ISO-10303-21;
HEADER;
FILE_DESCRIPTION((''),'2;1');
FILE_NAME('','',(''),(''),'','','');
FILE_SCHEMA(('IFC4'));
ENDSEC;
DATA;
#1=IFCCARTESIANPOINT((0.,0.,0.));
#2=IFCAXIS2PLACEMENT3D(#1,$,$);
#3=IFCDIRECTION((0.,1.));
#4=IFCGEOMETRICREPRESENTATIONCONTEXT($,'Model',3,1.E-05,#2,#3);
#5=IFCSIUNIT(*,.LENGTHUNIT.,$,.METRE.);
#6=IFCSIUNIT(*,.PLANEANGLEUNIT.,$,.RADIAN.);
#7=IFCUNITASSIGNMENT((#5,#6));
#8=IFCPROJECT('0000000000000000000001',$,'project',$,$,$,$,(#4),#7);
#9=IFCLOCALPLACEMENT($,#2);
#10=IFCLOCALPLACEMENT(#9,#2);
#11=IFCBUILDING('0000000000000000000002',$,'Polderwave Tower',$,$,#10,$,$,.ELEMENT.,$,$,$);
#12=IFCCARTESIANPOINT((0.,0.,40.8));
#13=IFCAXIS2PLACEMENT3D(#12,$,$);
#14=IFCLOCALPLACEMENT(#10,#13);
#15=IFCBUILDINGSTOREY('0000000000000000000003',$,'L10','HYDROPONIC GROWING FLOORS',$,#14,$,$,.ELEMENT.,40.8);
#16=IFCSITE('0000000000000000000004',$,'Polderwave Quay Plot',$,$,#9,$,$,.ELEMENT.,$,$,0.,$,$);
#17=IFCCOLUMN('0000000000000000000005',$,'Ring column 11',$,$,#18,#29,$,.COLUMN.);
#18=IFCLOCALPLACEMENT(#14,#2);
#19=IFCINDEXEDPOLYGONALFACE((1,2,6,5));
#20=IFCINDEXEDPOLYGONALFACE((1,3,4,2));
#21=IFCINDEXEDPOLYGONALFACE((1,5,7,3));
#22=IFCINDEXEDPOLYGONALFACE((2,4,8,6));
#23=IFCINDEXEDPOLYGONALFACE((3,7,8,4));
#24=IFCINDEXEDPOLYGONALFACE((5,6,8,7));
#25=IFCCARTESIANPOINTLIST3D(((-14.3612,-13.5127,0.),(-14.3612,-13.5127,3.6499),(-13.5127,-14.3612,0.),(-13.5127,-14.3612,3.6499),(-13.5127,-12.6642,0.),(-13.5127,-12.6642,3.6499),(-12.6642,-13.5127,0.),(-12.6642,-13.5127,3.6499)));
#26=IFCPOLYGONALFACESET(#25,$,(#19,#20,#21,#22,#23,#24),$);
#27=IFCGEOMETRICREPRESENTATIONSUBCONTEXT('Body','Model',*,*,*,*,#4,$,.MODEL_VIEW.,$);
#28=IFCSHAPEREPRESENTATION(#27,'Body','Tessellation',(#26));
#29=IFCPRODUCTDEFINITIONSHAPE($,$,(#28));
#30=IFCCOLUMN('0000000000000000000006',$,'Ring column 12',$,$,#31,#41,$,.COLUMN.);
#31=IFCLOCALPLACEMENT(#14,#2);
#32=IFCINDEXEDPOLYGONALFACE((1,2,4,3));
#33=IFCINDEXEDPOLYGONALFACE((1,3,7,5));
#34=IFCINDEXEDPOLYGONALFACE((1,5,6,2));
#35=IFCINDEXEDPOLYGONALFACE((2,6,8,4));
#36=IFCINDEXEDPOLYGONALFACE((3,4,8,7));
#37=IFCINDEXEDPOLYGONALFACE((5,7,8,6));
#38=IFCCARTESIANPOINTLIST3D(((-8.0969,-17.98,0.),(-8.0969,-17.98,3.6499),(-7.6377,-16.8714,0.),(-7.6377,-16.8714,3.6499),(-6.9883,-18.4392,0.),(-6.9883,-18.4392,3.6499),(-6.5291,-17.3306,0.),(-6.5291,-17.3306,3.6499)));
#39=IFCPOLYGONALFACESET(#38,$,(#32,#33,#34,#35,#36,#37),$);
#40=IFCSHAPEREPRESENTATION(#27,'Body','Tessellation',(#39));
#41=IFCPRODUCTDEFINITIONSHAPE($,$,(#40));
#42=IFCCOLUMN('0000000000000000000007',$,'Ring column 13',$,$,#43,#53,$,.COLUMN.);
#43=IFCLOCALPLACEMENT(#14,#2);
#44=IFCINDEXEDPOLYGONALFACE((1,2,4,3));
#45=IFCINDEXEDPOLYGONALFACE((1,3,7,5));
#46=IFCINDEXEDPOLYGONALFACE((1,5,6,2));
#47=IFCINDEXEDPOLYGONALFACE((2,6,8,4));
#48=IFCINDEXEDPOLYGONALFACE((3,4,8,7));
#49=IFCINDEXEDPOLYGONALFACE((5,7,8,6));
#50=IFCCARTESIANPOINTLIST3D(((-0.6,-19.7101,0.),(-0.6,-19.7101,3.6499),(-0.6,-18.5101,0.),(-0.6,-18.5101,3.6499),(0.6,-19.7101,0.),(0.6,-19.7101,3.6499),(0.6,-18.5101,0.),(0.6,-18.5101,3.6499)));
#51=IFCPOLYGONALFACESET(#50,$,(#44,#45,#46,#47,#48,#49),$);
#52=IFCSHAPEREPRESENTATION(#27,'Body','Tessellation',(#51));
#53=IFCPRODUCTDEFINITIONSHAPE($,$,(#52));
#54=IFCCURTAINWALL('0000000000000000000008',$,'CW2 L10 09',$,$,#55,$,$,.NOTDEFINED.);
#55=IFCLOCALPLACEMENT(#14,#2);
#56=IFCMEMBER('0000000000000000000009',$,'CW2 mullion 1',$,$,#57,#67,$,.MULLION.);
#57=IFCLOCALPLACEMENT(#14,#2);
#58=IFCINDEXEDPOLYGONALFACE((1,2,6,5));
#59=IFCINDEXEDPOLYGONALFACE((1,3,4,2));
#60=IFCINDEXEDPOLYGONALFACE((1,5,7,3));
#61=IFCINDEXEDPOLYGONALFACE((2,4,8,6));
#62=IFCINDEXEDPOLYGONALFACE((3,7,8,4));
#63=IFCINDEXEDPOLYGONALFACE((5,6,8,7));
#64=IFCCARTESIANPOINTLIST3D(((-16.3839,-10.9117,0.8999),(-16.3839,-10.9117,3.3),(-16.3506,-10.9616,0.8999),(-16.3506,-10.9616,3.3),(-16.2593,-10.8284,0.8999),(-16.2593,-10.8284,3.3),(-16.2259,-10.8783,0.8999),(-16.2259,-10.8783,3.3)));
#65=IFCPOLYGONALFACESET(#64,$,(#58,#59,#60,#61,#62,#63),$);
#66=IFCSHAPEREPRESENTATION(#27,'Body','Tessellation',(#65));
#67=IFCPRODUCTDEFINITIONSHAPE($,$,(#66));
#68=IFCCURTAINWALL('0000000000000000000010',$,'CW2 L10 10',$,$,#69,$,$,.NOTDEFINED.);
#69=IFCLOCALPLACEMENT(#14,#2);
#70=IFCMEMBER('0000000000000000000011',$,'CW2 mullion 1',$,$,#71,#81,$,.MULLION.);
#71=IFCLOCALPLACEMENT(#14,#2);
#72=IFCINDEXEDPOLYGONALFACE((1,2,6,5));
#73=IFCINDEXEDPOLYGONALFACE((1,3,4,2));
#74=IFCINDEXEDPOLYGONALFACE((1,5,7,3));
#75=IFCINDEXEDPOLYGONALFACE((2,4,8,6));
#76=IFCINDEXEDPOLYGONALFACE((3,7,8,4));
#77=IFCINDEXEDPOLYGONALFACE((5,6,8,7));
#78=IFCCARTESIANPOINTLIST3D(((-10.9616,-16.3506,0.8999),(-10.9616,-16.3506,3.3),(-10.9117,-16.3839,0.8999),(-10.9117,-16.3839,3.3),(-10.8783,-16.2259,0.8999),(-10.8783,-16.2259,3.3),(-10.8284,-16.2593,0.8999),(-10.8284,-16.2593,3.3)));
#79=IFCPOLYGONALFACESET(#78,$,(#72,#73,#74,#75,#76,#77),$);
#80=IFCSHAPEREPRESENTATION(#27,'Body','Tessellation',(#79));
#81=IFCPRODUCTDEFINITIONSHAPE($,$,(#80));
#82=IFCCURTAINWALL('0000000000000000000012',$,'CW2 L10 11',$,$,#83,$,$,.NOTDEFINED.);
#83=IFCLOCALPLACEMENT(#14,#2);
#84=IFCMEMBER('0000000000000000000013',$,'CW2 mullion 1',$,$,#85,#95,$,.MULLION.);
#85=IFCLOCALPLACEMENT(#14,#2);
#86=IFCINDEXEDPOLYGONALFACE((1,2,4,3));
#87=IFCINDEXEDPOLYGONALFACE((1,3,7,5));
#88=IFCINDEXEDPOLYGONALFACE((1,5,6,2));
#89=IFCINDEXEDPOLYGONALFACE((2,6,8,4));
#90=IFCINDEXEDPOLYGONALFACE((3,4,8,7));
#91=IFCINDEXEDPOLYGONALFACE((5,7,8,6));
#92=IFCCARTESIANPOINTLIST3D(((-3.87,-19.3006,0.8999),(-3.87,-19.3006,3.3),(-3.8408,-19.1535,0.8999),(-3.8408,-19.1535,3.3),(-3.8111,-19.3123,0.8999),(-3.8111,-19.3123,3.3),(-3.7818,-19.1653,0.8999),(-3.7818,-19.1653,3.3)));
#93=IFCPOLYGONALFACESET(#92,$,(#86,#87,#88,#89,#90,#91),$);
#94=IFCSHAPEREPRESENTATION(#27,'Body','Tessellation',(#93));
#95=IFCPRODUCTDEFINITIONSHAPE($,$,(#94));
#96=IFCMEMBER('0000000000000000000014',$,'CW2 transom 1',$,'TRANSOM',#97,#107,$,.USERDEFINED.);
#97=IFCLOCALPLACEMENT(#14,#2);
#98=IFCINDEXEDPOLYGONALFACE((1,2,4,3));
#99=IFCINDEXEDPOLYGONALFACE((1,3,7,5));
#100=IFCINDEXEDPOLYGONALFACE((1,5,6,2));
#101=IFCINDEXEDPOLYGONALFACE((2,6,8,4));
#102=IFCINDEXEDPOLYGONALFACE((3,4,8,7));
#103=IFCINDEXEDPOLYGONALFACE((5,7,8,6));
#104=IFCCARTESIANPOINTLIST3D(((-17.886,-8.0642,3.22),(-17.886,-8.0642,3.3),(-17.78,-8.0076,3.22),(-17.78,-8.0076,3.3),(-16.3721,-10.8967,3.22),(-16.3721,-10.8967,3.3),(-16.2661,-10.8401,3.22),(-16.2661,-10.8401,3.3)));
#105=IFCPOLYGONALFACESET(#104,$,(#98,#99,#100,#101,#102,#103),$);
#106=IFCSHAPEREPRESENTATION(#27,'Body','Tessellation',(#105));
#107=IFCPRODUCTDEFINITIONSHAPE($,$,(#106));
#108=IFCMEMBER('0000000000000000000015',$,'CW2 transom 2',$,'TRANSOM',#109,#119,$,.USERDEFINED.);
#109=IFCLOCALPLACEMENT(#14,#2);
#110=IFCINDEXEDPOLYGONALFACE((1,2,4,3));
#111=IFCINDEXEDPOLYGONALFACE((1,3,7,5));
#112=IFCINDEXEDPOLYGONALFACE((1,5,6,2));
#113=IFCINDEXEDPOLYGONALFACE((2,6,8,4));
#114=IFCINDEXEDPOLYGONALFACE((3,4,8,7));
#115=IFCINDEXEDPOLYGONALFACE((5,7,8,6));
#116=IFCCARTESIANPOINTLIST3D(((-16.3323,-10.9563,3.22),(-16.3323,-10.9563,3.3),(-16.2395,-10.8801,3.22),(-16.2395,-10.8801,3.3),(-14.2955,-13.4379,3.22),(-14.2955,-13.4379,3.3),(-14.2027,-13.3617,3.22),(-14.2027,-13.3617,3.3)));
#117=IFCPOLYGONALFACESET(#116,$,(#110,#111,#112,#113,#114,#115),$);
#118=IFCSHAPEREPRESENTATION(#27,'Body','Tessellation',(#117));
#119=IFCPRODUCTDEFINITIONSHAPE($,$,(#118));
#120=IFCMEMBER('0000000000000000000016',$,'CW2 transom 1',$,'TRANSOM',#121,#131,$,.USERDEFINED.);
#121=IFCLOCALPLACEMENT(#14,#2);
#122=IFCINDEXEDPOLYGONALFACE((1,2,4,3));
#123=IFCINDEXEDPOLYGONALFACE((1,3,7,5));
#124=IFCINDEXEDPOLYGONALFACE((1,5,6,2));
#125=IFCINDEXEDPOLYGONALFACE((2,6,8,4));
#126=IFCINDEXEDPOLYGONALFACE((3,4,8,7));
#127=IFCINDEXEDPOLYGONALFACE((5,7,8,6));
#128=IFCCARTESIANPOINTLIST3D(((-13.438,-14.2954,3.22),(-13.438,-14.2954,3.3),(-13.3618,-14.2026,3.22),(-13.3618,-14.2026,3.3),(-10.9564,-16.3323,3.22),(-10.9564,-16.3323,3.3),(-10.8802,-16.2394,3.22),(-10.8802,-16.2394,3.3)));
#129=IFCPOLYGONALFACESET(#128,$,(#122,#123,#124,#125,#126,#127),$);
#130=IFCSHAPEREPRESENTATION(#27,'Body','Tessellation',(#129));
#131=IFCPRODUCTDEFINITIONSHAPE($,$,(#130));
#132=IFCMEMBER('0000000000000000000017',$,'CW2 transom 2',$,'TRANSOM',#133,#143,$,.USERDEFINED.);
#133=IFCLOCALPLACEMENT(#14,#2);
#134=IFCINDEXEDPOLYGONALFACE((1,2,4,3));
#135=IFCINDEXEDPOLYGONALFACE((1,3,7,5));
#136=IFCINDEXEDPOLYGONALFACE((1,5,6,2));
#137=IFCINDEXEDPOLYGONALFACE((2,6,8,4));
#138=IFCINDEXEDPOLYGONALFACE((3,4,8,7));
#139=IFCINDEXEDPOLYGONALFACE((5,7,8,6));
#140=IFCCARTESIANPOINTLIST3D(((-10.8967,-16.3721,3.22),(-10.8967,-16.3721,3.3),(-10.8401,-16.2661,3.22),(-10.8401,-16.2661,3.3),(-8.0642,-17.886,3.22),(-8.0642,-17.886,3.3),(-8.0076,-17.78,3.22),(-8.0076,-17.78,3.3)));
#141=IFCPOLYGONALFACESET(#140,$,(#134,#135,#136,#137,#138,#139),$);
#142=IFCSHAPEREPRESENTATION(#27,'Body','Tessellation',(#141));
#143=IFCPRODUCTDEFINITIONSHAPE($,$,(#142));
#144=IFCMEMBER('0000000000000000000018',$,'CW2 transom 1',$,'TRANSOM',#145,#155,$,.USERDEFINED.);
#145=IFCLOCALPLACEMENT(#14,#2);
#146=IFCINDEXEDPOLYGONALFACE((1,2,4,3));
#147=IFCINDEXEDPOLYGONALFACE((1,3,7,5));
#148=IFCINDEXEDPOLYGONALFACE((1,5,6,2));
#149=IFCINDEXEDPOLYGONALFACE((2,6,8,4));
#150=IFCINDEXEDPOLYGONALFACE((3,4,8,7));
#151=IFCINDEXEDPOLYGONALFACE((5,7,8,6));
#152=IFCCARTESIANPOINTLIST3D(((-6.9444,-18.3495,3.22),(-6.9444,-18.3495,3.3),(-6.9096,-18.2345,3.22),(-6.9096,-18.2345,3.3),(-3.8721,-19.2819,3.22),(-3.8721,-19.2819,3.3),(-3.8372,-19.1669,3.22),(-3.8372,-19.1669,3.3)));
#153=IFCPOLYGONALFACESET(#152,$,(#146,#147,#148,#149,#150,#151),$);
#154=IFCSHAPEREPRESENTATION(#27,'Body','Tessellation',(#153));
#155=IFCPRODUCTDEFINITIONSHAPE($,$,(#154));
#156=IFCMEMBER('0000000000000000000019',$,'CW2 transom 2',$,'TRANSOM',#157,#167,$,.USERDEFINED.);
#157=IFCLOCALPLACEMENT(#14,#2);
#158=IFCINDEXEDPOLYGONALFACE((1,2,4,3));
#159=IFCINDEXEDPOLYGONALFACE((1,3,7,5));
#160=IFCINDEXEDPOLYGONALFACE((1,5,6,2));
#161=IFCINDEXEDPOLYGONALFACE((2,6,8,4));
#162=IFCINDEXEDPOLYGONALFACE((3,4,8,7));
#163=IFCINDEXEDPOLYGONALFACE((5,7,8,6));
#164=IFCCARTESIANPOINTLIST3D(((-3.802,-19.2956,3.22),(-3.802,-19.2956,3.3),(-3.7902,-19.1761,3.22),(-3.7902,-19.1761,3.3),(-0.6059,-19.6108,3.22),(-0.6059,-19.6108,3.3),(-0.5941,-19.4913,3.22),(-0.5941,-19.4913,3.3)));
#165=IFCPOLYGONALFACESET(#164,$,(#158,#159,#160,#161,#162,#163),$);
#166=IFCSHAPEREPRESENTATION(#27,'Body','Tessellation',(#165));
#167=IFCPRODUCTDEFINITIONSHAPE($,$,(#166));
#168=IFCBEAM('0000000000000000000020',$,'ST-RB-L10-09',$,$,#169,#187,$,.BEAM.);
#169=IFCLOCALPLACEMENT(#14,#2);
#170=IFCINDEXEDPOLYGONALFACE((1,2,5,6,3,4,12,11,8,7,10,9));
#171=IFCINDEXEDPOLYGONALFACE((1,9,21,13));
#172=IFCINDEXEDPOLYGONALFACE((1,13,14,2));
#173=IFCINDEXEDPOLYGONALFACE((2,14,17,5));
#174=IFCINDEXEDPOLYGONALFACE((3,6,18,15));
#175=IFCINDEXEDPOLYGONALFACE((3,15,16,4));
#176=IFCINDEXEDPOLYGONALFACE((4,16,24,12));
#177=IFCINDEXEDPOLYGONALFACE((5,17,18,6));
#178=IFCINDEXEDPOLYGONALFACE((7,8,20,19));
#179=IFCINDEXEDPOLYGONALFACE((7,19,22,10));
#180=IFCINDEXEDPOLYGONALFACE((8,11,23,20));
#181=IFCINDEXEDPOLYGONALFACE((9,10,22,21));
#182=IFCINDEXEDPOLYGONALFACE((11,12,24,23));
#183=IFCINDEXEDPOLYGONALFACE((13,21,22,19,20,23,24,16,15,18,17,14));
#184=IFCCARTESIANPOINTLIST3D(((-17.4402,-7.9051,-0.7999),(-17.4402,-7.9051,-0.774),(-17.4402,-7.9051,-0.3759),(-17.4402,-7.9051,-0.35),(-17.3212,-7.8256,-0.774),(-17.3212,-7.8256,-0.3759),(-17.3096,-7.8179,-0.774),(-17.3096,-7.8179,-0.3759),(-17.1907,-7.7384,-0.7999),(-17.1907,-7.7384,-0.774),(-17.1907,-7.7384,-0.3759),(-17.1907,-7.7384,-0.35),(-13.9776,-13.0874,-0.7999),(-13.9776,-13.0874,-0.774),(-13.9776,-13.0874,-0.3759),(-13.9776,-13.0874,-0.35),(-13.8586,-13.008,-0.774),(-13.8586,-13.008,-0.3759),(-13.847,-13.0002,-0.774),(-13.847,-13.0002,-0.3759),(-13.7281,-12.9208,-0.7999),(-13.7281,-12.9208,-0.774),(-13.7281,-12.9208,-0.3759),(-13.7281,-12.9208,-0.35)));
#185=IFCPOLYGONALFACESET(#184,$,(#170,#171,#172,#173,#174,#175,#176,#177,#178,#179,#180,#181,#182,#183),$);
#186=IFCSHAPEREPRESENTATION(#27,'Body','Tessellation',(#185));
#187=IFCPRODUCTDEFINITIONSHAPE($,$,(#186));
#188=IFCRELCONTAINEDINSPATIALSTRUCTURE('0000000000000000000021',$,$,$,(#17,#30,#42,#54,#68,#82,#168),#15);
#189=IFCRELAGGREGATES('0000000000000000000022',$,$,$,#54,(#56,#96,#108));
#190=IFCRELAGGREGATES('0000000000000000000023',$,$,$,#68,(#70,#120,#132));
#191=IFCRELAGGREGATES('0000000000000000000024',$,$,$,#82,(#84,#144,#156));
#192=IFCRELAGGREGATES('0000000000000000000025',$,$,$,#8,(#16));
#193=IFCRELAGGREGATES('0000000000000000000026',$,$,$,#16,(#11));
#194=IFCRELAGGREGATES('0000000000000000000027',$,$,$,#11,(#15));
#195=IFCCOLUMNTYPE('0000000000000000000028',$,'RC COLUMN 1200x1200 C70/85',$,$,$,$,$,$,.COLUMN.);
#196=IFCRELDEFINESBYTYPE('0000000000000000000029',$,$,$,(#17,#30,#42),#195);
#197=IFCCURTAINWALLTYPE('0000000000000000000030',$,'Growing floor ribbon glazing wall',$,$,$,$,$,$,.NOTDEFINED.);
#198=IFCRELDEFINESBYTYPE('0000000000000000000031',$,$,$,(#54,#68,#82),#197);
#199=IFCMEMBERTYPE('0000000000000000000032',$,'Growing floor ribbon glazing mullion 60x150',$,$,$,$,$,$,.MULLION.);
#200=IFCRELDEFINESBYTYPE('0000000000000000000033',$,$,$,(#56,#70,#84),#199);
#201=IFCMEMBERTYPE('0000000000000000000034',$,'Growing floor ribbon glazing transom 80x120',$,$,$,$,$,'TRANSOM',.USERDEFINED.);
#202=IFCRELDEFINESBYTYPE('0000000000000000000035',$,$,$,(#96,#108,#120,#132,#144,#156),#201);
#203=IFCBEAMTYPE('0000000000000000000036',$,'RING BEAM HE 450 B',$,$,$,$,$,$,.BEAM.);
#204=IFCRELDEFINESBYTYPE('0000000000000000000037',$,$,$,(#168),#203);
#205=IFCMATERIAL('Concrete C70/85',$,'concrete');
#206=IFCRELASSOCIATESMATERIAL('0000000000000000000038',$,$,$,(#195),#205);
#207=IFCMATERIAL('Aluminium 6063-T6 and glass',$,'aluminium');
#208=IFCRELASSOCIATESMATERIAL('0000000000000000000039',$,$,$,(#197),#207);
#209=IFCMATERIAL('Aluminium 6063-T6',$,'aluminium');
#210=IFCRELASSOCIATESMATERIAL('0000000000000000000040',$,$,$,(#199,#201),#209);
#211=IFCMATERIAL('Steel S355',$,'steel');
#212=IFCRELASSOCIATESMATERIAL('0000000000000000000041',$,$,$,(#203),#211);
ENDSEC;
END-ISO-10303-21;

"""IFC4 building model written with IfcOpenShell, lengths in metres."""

from ifc_helpers import new_model, si_unit, direction, frame, origin, origin_2d, place, context, subcontext, project, spatial, rectangle, i_section, extrude, material, material_profile, profile_set, type_object, element, aggregate, save


model = new_model("IFC4")

# Units and contexts
model_context = context("Model", 3, precision=1e-05, world=origin(), true_north=direction((0.0, 1.0)))
body_context = subcontext(model_context, "Body", "Model", "MODEL_VIEW")
ifc_project = project(units=[si_unit("LENGTHUNIT", "METRE"), si_unit("PLANEANGLEUNIT", "RADIAN")], contexts=[model_context])

# Site, building, storey
site_placement = place(None, origin())
site = spatial("IfcSite", under=ifc_project, at=site_placement, Name="Polderwave Quay Plot", CompositionType="ELEMENT", RefElevation=0.0)
building_placement = place(site_placement, origin())
building = spatial("IfcBuilding", under=site, at=building_placement, Name="Polderwave Tower", CompositionType="ELEMENT")
storey_placement = place(building_placement, frame((0.0, 0.0, 40.8)))
storey = spatial("IfcBuildingStorey", under=building, at=storey_placement, Name="L10", Description="HYDROPONIC GROWING FLOORS", CompositionType="ELEMENT", Elevation=40.8)

# Columns
ifc_material_1 = material(Name="Concrete C70/85", Category="concrete")
ifc_material_profile_1 = material_profile(ifc_material_1, rectangle(XDim=1.2, YDim=1.2, at=origin_2d()), Name="RC 1200x1200")
ifc_profile_set_1 = profile_set([ifc_material_profile_1], Name="Concrete C70/85")
column_type = type_object("IfcColumnType", Name="RC COLUMN 1200x1200 C70/85", PredefinedType="COLUMN", material=ifc_profile_set_1)
for number, where, z_axis, x_axis, name in (
    (1, (-13.5127, -13.5127, 0.0), (0.0, 0.0, 1.0), (-0.707107, -0.707107, 0.0), "Ring column 11"),
    (2, (-7.313, -17.6553, 0.0), (0.0, 0.0, 1.0), (-0.382683, -0.92388, 0.0), "Ring column 12"),
    (3, (0.0, -19.1101, 0.0), (0.0, 0.0, 1.0), (0.0, -1.0, 0.0), "Ring column 13"),
):
    element("IfcColumn", number, at=place(storey_placement, frame(where, z_axis=z_axis, x_axis=x_axis)), inside=storey, type_object=column_type, Name=name, PredefinedType="COLUMN", context=body_context, shape_type="SweptSolid", body=[
        extrude(rectangle(XDim=1.2, YDim=1.2, at=origin_2d()), origin(), (0.0, 0.0, 1.0), 3.6499),
    ])

# Curtain walls, members
ifc_material_2 = material(Name="Aluminium 6063-T6 and glass", Category="aluminium")
curtain_wall_type = type_object("IfcCurtainWallType", Name="Growing floor ribbon glazing wall", PredefinedType="NOTDEFINED", material=ifc_material_2)
curtain_wall_1_placement = place(storey_placement, origin())
curtain_wall_1 = element("IfcCurtainWall", 4, at=curtain_wall_1_placement, inside=storey, type_object=curtain_wall_type, Name="CW2 L10 09", PredefinedType="NOTDEFINED")
ifc_material_3 = material(Name="Aluminium 6063-T6", Category="aluminium")
ifc_material_profile_2 = material_profile(ifc_material_3, rectangle(XDim=0.1499, YDim=0.0601, at=origin_2d()), Name="AL 60x150")
ifc_profile_set_2 = profile_set([ifc_material_profile_2], Name="Aluminium 6063-T6")
member_type_1 = type_object("IfcMemberType", Name="Growing floor ribbon glazing mullion 60x150", PredefinedType="MULLION", material=ifc_profile_set_2)
member_1_placement = place(storey_placement, frame((-16.3049, -10.895, 0.8999), z_axis=(0.0, 0.0, 1.0), x_axis=(0.831469, 0.555572, 0.0)))
member_1 = element("IfcMember", 5, at=member_1_placement, type_object=member_type_1, Name="CW2 mullion 1", PredefinedType="MULLION", context=body_context, shape_type="SweptSolid", body=[
    extrude(rectangle(XDim=0.1499, YDim=0.0601, at=origin_2d()), origin(), (0.0, 0.0, 1.0), 2.4001),
])
curtain_wall_2_placement = place(storey_placement, origin())
curtain_wall_2 = element("IfcCurtainWall", 6, at=curtain_wall_2_placement, inside=storey, type_object=curtain_wall_type, Name="CW2 L10 10", PredefinedType="NOTDEFINED")
member_2_placement = place(storey_placement, frame((-10.895, -16.3049, 0.8999), z_axis=(0.0, 0.0, 1.0), x_axis=(0.555572, 0.831469, 0.0)))
member_2 = element("IfcMember", 7, at=member_2_placement, type_object=member_type_1, Name="CW2 mullion 1", PredefinedType="MULLION", context=body_context, shape_type="SweptSolid", body=[
    extrude(rectangle(XDim=0.1499, YDim=0.0601, at=origin_2d()), origin(), (0.0, 0.0, 1.0), 2.4001),
])
curtain_wall_3_placement = place(storey_placement, origin())
curtain_wall_3 = element("IfcCurtainWall", 8, at=curtain_wall_3_placement, inside=storey, type_object=curtain_wall_type, Name="CW2 L10 11", PredefinedType="NOTDEFINED")
member_3_placement = place(storey_placement, frame((-3.8259, -19.2329, 0.8999), z_axis=(0.0, 0.0, 1.0), x_axis=(0.195178, 0.980768, 0.0)))
member_3 = element("IfcMember", 9, at=member_3_placement, type_object=member_type_1, Name="CW2 mullion 1", PredefinedType="MULLION", context=body_context, shape_type="SweptSolid", body=[
    extrude(rectangle(XDim=0.1499, YDim=0.0601, at=origin_2d()), origin(), (0.0, 0.0, 1.0), 2.4001),
])

# Members
ifc_material_profile_3 = material_profile(ifc_material_3, rectangle(XDim=0.1201, YDim=0.0801, at=origin_2d()), Name="AL 80x120")
ifc_profile_set_3 = profile_set([ifc_material_profile_3], Name="Aluminium 6063-T6")
member_type_2 = type_object("IfcMemberType", Name="Growing floor ribbon glazing transom 80x120", ElementType="TRANSOM", PredefinedType="USERDEFINED", material=ifc_profile_set_3)
member_4_placement = place(storey_placement, frame((-17.833, -8.0359, 3.26), z_axis=(0.471373, -0.881934, 0.0), x_axis=(0.881934, 0.471373, 0.0)))
member_4 = element("IfcMember", 10, at=member_4_placement, type_object=member_type_2, Name="CW2 transom 1", ObjectType="TRANSOM", PredefinedType="USERDEFINED", context=body_context, shape_type="SweptSolid", body=[
    extrude(rectangle(XDim=0.1201, YDim=0.0801, at=origin_2d()), origin(), (0.0, 0.0, 1.0), 3.2117),
])
member_5_placement = place(storey_placement, frame((-16.2859, -10.9182, 3.26), z_axis=(0.63443, -0.772981, 0.0), x_axis=(0.772981, 0.63443, 0.0)))
member_5 = element("IfcMember", 11, at=member_5_placement, type_object=member_type_2, Name="CW2 transom 2", ObjectType="TRANSOM", PredefinedType="USERDEFINED", context=body_context, shape_type="SweptSolid", body=[
    extrude(rectangle(XDim=0.1201, YDim=0.0801, at=origin_2d()), origin(), (0.0, 0.0, 1.0), 3.2104),
])
member_6_placement = place(storey_placement, frame((-13.3999, -14.249, 3.26), z_axis=(0.772981, -0.63443, 0.0), x_axis=(0.63443, 0.772981, 0.0)))
member_6 = element("IfcMember", 12, at=member_6_placement, type_object=member_type_2, Name="CW2 transom 1", ObjectType="TRANSOM", PredefinedType="USERDEFINED", context=body_context, shape_type="SweptSolid", body=[
    extrude(rectangle(XDim=0.1201, YDim=0.0801, at=origin_2d()), origin(), (0.0, 0.0, 1.0), 3.2104),
])
member_7_placement = place(storey_placement, frame((-10.8684, -16.3191, 3.26), z_axis=(0.881934, -0.471373, 0.0), x_axis=(0.471373, 0.881934, 0.0)))
member_7 = element("IfcMember", 13, at=member_7_placement, type_object=member_type_2, Name="CW2 transom 2", ObjectType="TRANSOM", PredefinedType="USERDEFINED", context=body_context, shape_type="SweptSolid", body=[
    extrude(rectangle(XDim=0.1201, YDim=0.0801, at=origin_2d()), origin(), (0.0, 0.0, 1.0), 3.2117),
])
member_8_placement = place(storey_placement, frame((-6.927, -18.292, 3.26), z_axis=(0.956905, -0.290402, 0.0), x_axis=(0.290402, 0.956905, 0.0)))
member_8 = element("IfcMember", 14, at=member_8_placement, type_object=member_type_2, Name="CW2 transom 1", ObjectType="TRANSOM", PredefinedType="USERDEFINED", context=body_context, shape_type="SweptSolid", body=[
    extrude(rectangle(XDim=0.1201, YDim=0.0801, at=origin_2d()), origin(), (0.0, 0.0, 1.0), 3.2107),
])
member_9_placement = place(storey_placement, frame((-3.7961, -19.2358, 3.26), z_axis=(0.995172, -0.098141, 0.0), x_axis=(0.098141, 0.995172, 0.0)))
member_9 = element("IfcMember", 15, at=member_9_placement, type_object=member_type_2, Name="CW2 transom 2", ObjectType="TRANSOM", PredefinedType="USERDEFINED", context=body_context, shape_type="SweptSolid", body=[
    extrude(rectangle(XDim=0.1201, YDim=0.0801, at=origin_2d()), origin(), (0.0, 0.0, 1.0), 3.2117),
])

# Beam
ifc_material_4 = material(Name="Steel S355", Category="steel")
ifc_material_profile_4 = material_profile(ifc_material_4, i_section(OverallWidth=0.3, OverallDepth=0.45, WebThickness=0.0139, FlangeThickness=0.0259, at=origin_2d()), Name="HE 450 B")
ifc_profile_set_4 = profile_set([ifc_material_profile_4], Name="Steel S355")
beam_type = type_object("IfcBeamType", Name="RING BEAM HE 450 B", PredefinedType="BEAM", material=ifc_profile_set_4)
for number, where, z_axis, x_axis, name in (
    (16, (-17.3154, -7.8218, -0.575), (0.555559, -0.831477, 0.0), (0.831477, 0.555559, 0.0), "ST-RB-L10-09"),
):
    element("IfcBeam", number, at=place(storey_placement, frame(where, z_axis=z_axis, x_axis=x_axis)), inside=storey, type_object=beam_type, Name=name, PredefinedType="BEAM", context=body_context, shape_type="SweptSolid", body=[
        extrude(i_section(OverallWidth=0.3, OverallDepth=0.45, WebThickness=0.0139, FlangeThickness=0.0259, at=origin_2d()), origin(), (0.0, 0.0, 1.0), 6.2327),
    ])

aggregate(curtain_wall_1, [member_1, member_4, member_5])
aggregate(curtain_wall_2, [member_2, member_6, member_7])
aggregate(curtain_wall_3, [member_3, member_8, member_9])

save(model, "model.ifc")
